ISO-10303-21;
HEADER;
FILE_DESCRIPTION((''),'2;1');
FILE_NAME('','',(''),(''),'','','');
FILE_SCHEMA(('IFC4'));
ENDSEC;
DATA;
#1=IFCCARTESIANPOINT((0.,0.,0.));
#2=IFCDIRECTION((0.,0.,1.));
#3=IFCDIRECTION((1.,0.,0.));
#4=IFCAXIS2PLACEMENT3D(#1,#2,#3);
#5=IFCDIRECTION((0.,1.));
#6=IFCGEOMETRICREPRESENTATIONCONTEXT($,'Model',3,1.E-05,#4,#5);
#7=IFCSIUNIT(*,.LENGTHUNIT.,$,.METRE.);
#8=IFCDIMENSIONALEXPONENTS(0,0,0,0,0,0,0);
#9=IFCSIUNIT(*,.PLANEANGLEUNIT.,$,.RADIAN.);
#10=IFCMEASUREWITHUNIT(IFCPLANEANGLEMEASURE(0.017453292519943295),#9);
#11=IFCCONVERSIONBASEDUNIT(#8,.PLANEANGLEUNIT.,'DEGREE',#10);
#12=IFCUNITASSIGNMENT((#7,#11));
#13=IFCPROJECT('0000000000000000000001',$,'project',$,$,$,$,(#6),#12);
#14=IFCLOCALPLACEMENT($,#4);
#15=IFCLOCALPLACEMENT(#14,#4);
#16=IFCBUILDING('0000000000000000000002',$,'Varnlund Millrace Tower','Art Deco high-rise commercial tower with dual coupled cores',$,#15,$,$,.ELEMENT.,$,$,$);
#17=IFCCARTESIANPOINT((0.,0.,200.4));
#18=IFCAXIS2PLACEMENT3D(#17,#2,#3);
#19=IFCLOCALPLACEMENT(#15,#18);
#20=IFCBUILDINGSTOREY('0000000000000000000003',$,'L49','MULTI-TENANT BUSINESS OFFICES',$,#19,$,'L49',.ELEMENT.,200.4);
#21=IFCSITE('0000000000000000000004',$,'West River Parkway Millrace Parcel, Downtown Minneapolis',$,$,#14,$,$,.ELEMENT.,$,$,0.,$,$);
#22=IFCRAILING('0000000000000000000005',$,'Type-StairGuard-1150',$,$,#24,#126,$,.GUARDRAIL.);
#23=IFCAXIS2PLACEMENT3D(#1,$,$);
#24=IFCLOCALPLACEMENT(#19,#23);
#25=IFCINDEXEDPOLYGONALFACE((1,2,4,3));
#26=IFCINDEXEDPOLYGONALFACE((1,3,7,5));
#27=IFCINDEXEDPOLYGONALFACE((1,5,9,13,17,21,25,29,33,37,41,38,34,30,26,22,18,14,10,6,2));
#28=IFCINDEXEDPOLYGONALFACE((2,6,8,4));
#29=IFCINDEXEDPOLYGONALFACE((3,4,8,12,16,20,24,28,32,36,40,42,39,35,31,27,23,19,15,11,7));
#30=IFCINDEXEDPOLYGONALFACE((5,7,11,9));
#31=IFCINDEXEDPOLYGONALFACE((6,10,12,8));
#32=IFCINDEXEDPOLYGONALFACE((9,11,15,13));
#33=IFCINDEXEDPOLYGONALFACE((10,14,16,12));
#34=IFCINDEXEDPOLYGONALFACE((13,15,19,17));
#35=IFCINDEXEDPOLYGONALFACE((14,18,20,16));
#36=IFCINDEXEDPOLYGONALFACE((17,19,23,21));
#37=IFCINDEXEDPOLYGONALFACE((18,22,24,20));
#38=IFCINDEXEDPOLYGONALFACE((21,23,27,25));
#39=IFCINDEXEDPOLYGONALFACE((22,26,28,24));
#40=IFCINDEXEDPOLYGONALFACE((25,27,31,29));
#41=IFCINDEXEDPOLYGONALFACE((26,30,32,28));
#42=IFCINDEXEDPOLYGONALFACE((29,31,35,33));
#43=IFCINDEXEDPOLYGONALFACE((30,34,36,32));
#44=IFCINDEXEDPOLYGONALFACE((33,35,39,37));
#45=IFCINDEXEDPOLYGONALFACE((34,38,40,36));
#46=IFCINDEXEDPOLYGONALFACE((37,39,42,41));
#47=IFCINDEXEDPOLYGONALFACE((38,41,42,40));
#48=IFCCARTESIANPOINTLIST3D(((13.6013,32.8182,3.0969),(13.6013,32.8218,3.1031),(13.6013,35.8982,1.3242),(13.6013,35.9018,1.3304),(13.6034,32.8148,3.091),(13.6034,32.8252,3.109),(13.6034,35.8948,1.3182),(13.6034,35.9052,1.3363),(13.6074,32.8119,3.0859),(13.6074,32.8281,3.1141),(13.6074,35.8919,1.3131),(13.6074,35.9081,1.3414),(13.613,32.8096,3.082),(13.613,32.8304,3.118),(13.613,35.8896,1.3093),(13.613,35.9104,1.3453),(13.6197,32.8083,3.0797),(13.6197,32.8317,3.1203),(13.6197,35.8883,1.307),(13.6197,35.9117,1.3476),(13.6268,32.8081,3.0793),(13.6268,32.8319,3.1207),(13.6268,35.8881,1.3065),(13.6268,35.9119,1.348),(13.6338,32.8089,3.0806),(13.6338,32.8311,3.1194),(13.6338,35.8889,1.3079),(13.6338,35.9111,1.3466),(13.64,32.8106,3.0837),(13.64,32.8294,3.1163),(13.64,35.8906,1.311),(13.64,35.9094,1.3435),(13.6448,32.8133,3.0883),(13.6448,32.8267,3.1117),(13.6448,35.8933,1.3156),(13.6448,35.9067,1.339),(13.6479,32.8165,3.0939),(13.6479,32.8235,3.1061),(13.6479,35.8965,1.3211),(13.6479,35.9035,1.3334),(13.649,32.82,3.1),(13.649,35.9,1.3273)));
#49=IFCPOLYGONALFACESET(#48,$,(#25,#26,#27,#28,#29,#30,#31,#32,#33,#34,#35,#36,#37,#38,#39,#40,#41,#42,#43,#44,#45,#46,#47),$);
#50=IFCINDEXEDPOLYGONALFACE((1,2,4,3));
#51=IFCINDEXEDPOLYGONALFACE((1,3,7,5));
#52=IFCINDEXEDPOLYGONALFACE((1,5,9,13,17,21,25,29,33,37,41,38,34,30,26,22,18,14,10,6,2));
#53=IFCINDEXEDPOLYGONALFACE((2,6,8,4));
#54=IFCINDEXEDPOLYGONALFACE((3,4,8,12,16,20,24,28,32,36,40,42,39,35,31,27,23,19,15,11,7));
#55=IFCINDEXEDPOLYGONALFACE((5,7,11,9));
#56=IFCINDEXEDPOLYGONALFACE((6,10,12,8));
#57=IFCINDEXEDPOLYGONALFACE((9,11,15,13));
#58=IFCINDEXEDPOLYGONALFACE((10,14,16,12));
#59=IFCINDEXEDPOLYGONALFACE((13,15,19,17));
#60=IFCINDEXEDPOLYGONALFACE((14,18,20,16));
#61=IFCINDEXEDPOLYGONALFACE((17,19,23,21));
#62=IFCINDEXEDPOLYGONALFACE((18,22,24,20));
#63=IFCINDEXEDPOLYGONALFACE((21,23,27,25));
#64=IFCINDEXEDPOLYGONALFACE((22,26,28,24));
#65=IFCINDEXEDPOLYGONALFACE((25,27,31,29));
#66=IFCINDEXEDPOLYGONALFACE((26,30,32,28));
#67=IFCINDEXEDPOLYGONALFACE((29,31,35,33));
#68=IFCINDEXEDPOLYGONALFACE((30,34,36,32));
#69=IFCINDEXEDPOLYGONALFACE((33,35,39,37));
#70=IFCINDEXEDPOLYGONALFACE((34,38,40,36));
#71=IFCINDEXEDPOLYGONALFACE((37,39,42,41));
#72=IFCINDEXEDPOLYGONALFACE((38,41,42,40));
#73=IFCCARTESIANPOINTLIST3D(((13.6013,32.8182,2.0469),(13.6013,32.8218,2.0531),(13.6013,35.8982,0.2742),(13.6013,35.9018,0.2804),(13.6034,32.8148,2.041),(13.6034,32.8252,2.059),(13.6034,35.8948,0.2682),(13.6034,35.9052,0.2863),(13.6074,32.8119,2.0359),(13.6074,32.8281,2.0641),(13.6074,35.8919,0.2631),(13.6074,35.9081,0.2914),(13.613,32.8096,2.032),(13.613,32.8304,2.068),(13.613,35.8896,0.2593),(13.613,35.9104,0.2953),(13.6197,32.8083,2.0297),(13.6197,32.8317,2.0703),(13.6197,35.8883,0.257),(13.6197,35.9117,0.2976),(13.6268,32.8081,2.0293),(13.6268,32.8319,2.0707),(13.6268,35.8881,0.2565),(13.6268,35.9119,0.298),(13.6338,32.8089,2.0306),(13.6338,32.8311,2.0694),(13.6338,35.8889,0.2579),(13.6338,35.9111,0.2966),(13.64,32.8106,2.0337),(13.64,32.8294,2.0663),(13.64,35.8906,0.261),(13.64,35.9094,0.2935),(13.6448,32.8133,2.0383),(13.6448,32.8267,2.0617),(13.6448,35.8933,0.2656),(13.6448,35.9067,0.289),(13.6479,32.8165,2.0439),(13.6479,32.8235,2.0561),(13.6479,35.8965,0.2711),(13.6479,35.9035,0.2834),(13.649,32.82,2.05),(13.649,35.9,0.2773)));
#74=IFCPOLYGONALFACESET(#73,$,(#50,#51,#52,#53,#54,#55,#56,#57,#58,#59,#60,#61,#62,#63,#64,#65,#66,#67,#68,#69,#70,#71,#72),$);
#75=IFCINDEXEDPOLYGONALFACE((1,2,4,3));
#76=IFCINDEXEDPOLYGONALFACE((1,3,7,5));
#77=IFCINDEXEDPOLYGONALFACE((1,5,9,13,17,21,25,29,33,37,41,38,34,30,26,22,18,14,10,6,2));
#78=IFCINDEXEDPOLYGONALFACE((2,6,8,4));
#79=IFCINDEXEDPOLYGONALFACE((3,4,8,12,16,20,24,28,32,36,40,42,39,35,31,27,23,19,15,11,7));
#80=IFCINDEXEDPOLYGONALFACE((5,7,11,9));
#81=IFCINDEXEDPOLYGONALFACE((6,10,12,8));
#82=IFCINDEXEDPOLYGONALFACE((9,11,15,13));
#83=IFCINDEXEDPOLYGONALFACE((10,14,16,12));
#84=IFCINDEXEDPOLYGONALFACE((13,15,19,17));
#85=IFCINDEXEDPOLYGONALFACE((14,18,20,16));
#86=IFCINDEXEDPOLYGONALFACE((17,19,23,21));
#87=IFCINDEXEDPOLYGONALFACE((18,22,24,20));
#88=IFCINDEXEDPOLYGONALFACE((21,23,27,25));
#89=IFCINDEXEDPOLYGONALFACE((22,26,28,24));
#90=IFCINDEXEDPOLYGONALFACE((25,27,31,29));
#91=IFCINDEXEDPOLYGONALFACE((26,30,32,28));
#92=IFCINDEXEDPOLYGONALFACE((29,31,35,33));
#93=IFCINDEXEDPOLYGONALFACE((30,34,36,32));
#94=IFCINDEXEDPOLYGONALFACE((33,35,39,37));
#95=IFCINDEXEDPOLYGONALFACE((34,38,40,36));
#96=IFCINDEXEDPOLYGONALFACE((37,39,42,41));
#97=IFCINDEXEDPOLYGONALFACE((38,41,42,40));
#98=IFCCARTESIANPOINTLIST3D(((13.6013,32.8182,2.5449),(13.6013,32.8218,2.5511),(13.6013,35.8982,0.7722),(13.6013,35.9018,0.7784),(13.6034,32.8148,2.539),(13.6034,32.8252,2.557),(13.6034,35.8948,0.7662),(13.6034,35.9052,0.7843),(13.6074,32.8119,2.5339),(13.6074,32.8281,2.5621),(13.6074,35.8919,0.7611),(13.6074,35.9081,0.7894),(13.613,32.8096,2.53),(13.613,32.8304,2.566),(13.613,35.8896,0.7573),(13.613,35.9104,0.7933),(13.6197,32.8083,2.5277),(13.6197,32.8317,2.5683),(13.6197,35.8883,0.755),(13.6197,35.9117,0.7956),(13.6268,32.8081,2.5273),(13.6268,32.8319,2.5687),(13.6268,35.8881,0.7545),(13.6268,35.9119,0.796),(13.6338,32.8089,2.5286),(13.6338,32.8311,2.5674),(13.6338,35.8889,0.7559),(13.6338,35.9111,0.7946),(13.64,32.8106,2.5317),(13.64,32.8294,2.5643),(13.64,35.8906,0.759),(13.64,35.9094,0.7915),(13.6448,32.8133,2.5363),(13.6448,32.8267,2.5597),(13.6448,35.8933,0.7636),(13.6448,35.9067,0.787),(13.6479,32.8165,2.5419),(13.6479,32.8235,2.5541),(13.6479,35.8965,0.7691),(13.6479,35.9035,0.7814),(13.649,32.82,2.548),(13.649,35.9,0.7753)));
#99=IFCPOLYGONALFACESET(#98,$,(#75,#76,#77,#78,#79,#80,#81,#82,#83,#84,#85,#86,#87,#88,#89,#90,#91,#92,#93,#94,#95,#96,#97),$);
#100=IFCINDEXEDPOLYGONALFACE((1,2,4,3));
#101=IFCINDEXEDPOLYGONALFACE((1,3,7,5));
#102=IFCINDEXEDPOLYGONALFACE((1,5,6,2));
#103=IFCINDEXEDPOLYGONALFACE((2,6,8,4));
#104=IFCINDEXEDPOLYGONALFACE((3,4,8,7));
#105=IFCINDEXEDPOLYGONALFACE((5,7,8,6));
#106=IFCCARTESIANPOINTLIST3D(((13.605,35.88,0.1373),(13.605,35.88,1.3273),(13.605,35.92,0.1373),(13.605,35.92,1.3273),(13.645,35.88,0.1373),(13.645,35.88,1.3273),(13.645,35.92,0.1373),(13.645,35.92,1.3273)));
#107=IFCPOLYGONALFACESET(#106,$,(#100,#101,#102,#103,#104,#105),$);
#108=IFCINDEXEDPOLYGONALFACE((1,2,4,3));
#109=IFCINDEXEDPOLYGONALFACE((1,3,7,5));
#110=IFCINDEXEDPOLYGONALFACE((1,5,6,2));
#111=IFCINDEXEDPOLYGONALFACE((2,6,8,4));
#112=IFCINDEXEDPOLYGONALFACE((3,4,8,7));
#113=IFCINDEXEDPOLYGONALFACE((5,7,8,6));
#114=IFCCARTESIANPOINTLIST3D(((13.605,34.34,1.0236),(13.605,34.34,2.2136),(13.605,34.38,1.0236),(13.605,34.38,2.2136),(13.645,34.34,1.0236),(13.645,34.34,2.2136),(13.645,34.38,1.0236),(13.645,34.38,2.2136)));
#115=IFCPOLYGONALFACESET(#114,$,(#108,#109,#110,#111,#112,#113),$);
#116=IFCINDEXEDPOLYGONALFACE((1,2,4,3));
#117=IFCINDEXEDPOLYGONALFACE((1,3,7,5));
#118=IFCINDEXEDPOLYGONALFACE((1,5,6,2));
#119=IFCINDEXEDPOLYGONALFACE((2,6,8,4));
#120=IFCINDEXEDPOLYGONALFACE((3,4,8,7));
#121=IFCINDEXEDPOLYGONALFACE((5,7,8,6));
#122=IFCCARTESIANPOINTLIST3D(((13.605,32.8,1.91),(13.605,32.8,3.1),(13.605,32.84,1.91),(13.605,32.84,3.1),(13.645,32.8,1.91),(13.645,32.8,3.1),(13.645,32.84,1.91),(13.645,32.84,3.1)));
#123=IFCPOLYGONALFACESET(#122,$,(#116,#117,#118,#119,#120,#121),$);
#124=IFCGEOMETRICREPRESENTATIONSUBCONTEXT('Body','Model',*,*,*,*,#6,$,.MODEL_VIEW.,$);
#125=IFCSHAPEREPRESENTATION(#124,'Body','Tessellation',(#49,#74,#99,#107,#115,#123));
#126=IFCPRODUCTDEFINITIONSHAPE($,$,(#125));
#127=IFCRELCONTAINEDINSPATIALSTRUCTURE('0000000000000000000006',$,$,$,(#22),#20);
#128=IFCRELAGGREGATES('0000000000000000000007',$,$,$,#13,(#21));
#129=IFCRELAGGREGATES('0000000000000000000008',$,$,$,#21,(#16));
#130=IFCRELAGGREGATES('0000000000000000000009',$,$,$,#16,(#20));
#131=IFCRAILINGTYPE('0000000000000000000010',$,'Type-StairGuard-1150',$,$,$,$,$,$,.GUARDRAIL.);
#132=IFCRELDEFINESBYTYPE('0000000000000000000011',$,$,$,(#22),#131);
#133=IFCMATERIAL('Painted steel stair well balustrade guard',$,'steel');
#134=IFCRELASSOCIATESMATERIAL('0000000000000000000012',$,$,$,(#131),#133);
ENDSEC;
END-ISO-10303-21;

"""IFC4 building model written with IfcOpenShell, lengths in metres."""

from ifc_helpers import new_model, entity, si_unit, converted_unit, direction, frame, origin_with_axes, origin_2d_with_axis, place, context, subcontext, project, spatial, rectangle, circle, extrude, material, type_object, element, save


model = new_model("IFC4")

# Units and contexts
model_context = context("Model", 3, precision=1e-05, world=origin_with_axes(), true_north=direction((0.0, 1.0)))
body_context = subcontext(model_context, "Body", "Model", "MODEL_VIEW")
ifc_project = project(units=[si_unit("LENGTHUNIT", "METRE"), converted_unit("PLANEANGLEUNIT", "DEGREE", entity("IfcPlaneAngleMeasure", 0.017453292519943295), si_unit("PLANEANGLEUNIT", "RADIAN"), dimensions=[0, 0, 0, 0, 0, 0, 0])], contexts=[model_context])

# Site, building, storey
site_placement = place(None, origin_with_axes())
site = spatial("IfcSite", under=ifc_project, at=site_placement, Name="West River Parkway Millrace Parcel, Downtown Minneapolis", CompositionType="ELEMENT", RefElevation=0.0)
building_placement = place(site_placement, origin_with_axes())
building = spatial("IfcBuilding", under=site, at=building_placement, Name="Varnlund Millrace Tower", Description="Art Deco high-rise commercial tower with dual coupled cores", CompositionType="ELEMENT")
storey_placement = place(building_placement, frame((0.0, 0.0, 200.4), z_axis=(0.0, 0.0, 1.0), x_axis=(1.0, 0.0, 0.0)))
storey = spatial("IfcBuildingStorey", under=building, at=storey_placement, Name="L49", Description="MULTI-TENANT BUSINESS OFFICES", LongName="L49", CompositionType="ELEMENT", Elevation=200.4)

# Railing
ifc_material_1 = material(Name="Painted steel stair well balustrade guard", Category="steel")
railing_type_1 = type_object("IfcRailingType", Name="Type-StairGuard-1150", PredefinedType="GUARDRAIL", material=ifc_material_1)
railing_1_placement = place(storey_placement, frame((0.0, 0.0, -200.4), z_axis=(0.0, 0.0, 1.0), x_axis=(1.0, 0.0, 0.0)))
element("IfcRailing", 1, at=railing_1_placement, inside=storey, type_object=railing_type_1, Name="Type-StairGuard-1150", PredefinedType="GUARDRAIL", context=body_context, shape_type="SweptSolid", body=[
    extrude(circle(Radius=0.024, at=origin_2d_with_axis()), frame((13.625, 35.9, 201.7273), z_axis=(0.0, -0.866696, 0.498836), x_axis=(1.0, 0.0, 0.0)), (0.0, 0.0, 1.0), 3.5537),
    extrude(circle(Radius=0.024, at=origin_2d_with_axis()), frame((13.625, 35.9, 200.6773), z_axis=(0.0, -0.866696, 0.498836), x_axis=(1.0, 0.0, 0.0)), (0.0, 0.0, 1.0), 3.5537),
    extrude(circle(Radius=0.024, at=origin_2d_with_axis()), frame((13.625, 35.9, 201.1753), z_axis=(0.0, -0.866696, 0.498836), x_axis=(1.0, 0.0, 0.0)), (0.0, 0.0, 1.0), 3.5537),
    extrude(rectangle(XDim=0.04, YDim=0.04, at=origin_2d_with_axis()), frame((13.625, 35.9, 200.5373), z_axis=(0.0, 0.0, 1.0), x_axis=(1.0, 0.0, 0.0)), (0.0, 0.0, 1.0), 1.19),
    extrude(rectangle(XDim=0.04, YDim=0.04, at=origin_2d_with_axis()), frame((13.625, 34.36, 201.4236), z_axis=(0.0, 0.0, 1.0), x_axis=(1.0, 0.0, 0.0)), (0.0, 0.0, 1.0), 1.19),
    extrude(rectangle(XDim=0.04, YDim=0.04, at=origin_2d_with_axis()), frame((13.625, 32.82, 202.31), z_axis=(0.0, 0.0, 1.0), x_axis=(1.0, 0.0, 0.0)), (0.0, 0.0, 1.0), 1.19),
])

save(model, "model.ifc")
